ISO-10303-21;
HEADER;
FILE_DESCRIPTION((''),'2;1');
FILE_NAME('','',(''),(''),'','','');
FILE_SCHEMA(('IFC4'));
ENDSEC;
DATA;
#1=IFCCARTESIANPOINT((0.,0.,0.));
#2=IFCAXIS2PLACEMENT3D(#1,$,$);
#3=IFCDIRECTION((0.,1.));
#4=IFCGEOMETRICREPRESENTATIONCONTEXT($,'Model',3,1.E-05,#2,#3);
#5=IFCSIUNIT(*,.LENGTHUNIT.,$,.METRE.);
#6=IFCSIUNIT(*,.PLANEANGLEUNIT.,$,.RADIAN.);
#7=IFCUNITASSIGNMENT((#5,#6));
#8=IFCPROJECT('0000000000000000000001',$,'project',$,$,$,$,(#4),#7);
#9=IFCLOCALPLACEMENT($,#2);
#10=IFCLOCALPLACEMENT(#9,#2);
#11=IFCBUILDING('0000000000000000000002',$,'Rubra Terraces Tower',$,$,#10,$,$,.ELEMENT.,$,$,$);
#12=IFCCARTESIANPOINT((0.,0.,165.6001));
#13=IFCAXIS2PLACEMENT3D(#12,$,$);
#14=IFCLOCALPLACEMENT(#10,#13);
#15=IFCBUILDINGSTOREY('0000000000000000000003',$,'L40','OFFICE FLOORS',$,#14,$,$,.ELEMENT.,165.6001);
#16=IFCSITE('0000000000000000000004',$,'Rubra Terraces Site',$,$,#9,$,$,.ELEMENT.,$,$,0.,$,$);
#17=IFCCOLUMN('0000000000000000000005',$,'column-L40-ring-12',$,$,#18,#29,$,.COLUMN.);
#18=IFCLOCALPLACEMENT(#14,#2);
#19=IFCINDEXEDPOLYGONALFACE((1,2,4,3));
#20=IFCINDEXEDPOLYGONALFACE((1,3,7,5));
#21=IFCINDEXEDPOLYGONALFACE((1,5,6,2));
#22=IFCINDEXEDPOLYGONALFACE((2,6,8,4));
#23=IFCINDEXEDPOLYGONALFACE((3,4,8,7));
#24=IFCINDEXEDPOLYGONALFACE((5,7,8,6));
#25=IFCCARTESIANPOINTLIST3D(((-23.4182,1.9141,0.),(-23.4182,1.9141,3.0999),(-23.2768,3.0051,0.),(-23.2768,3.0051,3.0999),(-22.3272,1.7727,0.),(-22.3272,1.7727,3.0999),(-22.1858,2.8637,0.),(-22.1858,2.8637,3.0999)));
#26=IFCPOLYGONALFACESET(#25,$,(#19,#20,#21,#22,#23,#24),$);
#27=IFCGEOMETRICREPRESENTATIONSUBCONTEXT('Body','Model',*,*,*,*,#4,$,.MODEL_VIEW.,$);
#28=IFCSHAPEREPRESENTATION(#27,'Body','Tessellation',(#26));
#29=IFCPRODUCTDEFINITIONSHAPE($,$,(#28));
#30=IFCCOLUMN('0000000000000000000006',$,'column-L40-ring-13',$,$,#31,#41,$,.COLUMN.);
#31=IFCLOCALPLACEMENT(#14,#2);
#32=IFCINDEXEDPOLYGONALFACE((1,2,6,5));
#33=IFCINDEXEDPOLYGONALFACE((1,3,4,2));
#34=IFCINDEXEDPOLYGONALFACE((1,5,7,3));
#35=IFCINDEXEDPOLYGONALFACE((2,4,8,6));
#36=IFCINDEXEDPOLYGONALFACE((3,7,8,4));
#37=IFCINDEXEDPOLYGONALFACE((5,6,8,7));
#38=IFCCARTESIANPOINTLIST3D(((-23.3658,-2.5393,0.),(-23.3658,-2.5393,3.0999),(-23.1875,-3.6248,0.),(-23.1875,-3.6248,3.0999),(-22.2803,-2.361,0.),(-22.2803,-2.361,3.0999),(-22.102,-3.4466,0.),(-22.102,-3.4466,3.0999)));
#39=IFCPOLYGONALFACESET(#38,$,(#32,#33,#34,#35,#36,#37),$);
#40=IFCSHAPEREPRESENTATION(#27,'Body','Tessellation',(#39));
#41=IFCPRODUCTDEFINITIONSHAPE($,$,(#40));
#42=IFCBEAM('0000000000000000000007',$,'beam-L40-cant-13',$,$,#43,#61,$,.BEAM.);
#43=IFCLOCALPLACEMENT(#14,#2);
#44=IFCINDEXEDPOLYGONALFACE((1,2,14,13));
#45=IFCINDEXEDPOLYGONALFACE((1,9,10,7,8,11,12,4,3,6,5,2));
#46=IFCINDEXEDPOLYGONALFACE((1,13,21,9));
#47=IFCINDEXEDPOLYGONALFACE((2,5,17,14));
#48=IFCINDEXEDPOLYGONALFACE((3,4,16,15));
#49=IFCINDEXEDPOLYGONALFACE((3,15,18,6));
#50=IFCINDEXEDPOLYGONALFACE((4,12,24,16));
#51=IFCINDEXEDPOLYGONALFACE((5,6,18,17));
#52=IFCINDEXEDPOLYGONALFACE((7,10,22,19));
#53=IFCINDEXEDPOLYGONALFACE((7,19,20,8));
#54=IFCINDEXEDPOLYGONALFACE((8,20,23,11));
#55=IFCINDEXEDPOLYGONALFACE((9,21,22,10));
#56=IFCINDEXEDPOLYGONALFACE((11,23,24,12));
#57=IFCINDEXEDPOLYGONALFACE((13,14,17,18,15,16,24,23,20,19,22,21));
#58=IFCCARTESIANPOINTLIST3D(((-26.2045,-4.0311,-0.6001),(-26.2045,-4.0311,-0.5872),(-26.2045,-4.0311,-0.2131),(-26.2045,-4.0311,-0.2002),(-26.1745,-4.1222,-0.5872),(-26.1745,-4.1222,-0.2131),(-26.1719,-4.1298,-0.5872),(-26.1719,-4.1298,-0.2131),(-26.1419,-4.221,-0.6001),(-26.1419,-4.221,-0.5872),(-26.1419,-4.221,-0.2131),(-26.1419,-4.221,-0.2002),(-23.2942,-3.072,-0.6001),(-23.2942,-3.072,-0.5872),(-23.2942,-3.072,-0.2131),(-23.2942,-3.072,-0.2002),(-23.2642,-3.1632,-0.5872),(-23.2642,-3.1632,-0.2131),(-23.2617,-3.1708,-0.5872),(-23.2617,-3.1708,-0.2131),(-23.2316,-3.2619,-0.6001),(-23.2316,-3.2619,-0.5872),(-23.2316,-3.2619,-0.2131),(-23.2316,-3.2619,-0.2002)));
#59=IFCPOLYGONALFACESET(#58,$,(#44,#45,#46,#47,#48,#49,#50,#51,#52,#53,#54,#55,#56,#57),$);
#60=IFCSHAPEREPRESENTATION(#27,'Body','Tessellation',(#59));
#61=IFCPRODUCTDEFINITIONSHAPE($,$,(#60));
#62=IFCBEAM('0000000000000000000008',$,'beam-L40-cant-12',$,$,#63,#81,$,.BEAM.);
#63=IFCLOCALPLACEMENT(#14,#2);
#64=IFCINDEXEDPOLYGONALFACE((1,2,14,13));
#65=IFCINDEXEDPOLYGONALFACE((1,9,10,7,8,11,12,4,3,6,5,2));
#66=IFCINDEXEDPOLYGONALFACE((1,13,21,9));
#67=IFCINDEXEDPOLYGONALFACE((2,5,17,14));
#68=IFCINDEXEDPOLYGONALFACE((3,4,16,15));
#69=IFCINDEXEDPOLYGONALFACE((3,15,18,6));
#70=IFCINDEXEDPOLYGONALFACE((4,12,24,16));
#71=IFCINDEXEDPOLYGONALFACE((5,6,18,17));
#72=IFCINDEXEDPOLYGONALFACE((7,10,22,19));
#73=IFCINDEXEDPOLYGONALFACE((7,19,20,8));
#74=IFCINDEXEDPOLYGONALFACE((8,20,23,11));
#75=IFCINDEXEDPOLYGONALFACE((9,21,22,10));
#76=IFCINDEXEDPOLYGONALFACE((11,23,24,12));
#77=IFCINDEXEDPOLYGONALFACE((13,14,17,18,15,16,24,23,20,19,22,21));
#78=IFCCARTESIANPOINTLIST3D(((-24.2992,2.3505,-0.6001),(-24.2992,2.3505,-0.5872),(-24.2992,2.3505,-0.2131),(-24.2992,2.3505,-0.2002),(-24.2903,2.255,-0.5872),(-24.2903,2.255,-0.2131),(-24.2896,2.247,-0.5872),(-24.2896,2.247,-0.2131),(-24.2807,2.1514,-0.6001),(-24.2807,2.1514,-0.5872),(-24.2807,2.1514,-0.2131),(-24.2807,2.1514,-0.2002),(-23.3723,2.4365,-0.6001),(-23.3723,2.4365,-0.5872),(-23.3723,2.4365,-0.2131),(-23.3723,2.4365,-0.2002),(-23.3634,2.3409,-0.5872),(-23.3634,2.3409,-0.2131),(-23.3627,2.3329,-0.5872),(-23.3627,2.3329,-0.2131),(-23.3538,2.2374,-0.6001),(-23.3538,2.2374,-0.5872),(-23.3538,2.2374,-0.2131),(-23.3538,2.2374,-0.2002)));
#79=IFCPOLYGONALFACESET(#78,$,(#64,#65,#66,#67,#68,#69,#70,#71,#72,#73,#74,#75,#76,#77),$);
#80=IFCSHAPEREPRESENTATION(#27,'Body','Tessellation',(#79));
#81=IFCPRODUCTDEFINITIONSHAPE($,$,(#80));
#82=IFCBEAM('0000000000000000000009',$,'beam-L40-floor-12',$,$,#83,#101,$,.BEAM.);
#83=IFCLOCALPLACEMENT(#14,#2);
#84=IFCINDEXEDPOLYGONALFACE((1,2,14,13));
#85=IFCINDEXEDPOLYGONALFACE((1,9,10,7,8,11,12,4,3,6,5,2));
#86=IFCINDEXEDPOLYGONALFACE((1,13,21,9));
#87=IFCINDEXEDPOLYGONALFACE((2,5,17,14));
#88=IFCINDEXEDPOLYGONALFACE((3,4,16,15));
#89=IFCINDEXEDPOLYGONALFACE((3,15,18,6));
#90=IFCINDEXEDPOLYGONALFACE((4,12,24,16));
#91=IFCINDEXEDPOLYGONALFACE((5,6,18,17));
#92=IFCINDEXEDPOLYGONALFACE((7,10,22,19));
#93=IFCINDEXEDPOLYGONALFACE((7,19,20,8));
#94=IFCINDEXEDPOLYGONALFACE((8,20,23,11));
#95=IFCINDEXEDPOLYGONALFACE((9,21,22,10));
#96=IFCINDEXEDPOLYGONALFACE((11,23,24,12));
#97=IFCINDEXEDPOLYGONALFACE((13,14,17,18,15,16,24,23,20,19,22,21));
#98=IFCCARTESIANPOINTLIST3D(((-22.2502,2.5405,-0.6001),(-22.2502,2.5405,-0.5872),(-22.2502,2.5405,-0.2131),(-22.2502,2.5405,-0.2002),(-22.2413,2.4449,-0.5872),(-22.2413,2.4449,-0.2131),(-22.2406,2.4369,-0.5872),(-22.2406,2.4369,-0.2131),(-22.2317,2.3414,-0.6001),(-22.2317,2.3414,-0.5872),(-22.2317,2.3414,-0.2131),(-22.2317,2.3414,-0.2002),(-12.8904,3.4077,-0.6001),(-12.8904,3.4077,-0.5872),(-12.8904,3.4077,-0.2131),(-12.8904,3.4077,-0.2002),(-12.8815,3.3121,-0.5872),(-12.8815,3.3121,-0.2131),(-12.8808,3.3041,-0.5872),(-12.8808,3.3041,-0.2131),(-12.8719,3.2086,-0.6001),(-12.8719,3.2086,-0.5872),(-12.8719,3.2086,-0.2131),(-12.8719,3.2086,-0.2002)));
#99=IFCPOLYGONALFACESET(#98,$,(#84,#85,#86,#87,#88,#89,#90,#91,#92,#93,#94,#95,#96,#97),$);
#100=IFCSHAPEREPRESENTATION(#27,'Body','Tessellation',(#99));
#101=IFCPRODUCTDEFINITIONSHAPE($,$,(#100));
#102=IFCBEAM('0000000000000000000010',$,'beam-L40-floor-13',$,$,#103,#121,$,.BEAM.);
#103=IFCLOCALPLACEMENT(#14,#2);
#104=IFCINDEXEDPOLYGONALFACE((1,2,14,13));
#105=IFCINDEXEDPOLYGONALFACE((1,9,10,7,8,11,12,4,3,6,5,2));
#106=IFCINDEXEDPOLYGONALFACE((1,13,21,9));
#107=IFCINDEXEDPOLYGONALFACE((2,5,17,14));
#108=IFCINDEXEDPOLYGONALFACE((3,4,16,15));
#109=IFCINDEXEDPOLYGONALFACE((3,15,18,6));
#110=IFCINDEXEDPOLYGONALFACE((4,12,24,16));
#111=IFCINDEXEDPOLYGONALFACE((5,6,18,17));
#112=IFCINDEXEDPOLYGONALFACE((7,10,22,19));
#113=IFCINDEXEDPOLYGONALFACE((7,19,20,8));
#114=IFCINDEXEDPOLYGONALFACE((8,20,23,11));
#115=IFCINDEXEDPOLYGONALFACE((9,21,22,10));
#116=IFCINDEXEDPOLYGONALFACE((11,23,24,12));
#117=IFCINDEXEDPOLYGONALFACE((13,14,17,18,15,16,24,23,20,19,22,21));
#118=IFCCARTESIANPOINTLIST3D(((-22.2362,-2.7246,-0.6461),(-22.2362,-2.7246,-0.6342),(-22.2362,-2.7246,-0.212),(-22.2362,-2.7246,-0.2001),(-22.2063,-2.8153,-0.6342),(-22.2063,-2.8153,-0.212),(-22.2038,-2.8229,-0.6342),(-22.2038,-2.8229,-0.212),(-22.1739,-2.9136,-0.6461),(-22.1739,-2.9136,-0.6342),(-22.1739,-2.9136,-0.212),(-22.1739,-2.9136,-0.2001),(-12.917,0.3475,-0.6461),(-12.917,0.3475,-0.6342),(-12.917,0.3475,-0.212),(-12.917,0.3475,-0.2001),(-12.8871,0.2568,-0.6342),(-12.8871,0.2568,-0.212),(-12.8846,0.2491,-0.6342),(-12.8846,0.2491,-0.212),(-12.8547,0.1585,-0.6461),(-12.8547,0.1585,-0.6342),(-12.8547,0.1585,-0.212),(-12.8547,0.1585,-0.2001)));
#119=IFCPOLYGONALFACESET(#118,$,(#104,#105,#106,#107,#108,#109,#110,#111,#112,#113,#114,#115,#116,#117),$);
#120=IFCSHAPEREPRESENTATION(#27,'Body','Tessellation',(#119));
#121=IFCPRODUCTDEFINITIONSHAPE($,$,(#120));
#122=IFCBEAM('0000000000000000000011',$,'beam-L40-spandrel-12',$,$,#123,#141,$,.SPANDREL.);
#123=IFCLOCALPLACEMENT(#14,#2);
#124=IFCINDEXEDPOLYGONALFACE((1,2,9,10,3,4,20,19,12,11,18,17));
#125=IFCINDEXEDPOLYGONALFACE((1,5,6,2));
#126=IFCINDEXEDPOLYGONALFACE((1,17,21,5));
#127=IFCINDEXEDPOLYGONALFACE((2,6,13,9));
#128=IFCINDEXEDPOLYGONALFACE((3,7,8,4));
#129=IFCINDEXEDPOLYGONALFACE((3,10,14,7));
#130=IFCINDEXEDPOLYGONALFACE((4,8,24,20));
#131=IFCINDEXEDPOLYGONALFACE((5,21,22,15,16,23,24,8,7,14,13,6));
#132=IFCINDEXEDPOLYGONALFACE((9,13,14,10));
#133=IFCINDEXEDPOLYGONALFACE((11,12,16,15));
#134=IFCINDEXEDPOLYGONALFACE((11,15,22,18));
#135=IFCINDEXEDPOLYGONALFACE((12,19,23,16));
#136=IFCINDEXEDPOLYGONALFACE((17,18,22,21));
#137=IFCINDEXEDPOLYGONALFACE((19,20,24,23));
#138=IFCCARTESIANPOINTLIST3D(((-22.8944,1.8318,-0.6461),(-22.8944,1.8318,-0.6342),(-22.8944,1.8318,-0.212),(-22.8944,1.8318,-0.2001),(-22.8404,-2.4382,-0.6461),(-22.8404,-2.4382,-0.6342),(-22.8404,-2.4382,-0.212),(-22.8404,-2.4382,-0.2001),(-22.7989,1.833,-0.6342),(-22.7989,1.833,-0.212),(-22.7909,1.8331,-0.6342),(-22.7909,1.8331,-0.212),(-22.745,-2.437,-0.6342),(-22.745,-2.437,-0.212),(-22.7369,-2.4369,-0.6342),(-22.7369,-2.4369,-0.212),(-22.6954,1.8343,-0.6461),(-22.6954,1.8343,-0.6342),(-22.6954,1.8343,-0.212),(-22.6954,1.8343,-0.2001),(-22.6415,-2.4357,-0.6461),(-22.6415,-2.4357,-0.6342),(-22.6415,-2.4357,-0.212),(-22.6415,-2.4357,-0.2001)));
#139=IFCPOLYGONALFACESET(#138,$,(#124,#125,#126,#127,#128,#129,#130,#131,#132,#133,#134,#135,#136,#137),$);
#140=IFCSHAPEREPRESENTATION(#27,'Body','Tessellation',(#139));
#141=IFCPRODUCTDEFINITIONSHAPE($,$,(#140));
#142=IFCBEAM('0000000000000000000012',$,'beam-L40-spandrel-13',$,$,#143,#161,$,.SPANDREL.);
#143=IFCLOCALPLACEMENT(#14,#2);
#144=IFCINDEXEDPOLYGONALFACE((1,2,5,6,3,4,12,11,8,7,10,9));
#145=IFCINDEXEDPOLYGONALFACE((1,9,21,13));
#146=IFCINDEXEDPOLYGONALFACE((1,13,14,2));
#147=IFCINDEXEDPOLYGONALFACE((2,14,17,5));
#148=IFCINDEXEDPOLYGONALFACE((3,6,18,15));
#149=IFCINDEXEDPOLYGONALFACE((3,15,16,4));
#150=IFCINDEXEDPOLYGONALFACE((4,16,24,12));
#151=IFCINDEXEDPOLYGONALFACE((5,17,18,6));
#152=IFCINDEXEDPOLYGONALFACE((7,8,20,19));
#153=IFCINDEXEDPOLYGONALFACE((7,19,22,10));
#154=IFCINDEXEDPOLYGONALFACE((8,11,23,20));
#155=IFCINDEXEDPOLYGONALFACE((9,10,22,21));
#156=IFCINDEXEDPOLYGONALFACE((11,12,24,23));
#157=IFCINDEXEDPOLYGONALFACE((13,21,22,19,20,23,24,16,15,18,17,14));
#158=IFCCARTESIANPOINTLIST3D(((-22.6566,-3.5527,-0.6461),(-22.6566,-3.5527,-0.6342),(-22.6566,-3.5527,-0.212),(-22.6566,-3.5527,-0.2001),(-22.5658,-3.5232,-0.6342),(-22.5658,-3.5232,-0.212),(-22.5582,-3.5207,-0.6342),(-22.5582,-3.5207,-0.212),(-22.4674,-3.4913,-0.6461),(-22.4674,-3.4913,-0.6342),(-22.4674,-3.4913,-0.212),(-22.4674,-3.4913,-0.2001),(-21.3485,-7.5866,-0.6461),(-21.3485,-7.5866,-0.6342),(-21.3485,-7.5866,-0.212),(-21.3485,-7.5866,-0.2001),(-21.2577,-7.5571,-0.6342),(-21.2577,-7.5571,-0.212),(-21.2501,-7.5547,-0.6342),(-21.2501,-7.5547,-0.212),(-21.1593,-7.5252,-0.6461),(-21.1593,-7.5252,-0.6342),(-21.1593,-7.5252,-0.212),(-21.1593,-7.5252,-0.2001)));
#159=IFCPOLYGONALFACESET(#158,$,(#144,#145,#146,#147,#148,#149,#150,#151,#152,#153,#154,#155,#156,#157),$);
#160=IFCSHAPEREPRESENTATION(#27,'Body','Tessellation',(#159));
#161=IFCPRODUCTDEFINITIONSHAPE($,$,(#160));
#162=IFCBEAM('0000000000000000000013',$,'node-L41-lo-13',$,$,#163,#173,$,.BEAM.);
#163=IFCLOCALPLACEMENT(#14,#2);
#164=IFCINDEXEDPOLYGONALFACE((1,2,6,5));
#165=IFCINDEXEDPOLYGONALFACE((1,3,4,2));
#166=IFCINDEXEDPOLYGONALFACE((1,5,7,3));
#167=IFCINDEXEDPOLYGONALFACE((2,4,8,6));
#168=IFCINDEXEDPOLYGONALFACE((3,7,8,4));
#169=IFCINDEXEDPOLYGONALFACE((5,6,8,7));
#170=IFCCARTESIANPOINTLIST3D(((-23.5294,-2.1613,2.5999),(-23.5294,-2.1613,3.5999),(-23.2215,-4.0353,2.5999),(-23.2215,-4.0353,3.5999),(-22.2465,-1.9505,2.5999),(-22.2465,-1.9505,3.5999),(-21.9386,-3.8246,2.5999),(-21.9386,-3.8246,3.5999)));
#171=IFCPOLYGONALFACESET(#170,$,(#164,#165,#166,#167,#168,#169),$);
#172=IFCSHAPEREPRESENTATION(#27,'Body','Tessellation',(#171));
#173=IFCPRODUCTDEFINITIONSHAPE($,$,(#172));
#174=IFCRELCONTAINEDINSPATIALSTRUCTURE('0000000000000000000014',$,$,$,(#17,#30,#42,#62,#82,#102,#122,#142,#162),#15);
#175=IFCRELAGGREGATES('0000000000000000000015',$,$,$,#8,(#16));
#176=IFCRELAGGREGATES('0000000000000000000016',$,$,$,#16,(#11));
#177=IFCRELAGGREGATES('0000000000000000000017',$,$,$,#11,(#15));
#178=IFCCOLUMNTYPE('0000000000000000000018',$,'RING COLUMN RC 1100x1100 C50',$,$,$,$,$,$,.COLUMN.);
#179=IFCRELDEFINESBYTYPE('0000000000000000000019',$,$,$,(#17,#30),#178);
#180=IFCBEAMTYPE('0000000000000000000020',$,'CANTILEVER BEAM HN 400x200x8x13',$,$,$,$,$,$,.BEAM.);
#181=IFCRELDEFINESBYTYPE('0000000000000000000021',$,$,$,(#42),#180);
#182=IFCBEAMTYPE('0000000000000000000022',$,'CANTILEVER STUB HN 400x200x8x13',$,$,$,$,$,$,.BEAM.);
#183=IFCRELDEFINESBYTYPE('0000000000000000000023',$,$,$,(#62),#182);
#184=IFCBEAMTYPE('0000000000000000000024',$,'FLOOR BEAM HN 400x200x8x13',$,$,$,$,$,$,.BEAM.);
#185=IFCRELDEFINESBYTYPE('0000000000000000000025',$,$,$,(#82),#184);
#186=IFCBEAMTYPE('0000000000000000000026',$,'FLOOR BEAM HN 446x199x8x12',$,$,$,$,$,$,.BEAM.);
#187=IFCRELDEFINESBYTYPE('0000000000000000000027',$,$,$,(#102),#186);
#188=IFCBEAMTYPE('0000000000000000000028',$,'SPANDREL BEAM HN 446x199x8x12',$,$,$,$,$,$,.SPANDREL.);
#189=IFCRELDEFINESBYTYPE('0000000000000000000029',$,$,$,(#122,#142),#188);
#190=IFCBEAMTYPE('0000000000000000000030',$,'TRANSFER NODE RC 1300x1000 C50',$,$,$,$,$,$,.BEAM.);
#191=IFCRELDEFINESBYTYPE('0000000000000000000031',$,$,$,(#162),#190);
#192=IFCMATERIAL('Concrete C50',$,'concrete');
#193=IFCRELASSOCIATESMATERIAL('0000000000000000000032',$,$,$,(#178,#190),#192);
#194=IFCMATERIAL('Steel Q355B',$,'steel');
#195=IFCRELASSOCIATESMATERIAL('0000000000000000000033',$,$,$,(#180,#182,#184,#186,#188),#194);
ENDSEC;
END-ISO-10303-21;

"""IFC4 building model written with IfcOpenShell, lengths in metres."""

from ifc_helpers import new_model, si_unit, direction, frame, origin, origin_2d, place, context, subcontext, project, spatial, rectangle, i_section, extrude, material, material_profile, profile_set, type_object, element, save


model = new_model("IFC4")

# Units and contexts
model_context = context("Model", 3, precision=1e-05, world=origin(), true_north=direction((0.0, 1.0)))
body_context = subcontext(model_context, "Body", "Model", "MODEL_VIEW")
ifc_project = project(units=[si_unit("LENGTHUNIT", "METRE"), si_unit("PLANEANGLEUNIT", "RADIAN")], contexts=[model_context])

# Site, building, storey
site_placement = place(None, origin())
site = spatial("IfcSite", under=ifc_project, at=site_placement, Name="Rubra Terraces Site", CompositionType="ELEMENT", RefElevation=0.0)
building_placement = place(site_placement, origin())
building = spatial("IfcBuilding", under=site, at=building_placement, Name="Rubra Terraces Tower", CompositionType="ELEMENT")
storey_placement = place(building_placement, frame((0.0, 0.0, 165.6001)))
storey = spatial("IfcBuildingStorey", under=building, at=storey_placement, Name="L40", Description="OFFICE FLOORS", CompositionType="ELEMENT", Elevation=165.6001)

# Columns
ifc_material_1 = material(Name="Concrete C50", Category="concrete")
ifc_material_profile_1 = material_profile(ifc_material_1, rectangle(XDim=1.1001, YDim=1.1001, at=origin_2d()), Name="RC 1100x1100")
ifc_profile_set_1 = profile_set([ifc_material_profile_1], Name="Concrete C50")
column_type = type_object("IfcColumnType", Name="RING COLUMN RC 1100x1100 C50", PredefinedType="COLUMN", material=ifc_profile_set_1)
for number, where, z_axis, x_axis, name in (
    (1, (-22.802, 2.3889, 0.0), (0.0, 0.0, 1.0), (-0.128535, -0.991705, 0.0), "column-L40-ring-12"),
    (2, (-22.7339, -2.9929, 0.0), (0.0, 0.0, 1.0), (0.162062, -0.986781, 0.0), "column-L40-ring-13"),
):
    element("IfcColumn", number, at=place(storey_placement, frame(where, z_axis=z_axis, x_axis=x_axis)), inside=storey, type_object=column_type, Name=name, PredefinedType="COLUMN", context=body_context, shape_type="SweptSolid", body=[
        extrude(rectangle(XDim=1.1001, YDim=1.1001, at=origin_2d()), origin(), (0.0, 0.0, 1.0), 3.0999),
    ])

# Beams
ifc_material_2 = material(Name="Steel Q355B", Category="steel")
ifc_material_profile_2 = material_profile(ifc_material_2, i_section(OverallWidth=0.2, OverallDepth=0.3999, WebThickness=0.0081, FlangeThickness=0.0129, at=origin_2d()), Name="HN 400x200x8x13")
ifc_profile_set_2 = profile_set([ifc_material_profile_2], Name="Steel Q355B")
beam_type_1 = type_object("IfcBeamType", Name="CANTILEVER BEAM HN 400x200x8x13", PredefinedType="BEAM", material=ifc_profile_set_2)
beam_1_placement = place(storey_placement, frame((-23.2629, -3.167, -0.4001), z_axis=(-0.949761, -0.312975, 0.0), x_axis=(0.312975, -0.949761, 0.0)))
element("IfcBeam", 3, at=beam_1_placement, inside=storey, type_object=beam_type_1, Name="beam-L40-cant-13", PredefinedType="BEAM", context=body_context, shape_type="SweptSolid", body=[
    extrude(i_section(OverallWidth=0.2, OverallDepth=0.3999, WebThickness=0.0081, FlangeThickness=0.0129, at=origin_2d()), origin(), (0.0, 0.0, 1.0), 3.0642),
])
ifc_material_profile_3 = material_profile(ifc_material_2, i_section(OverallWidth=0.2, OverallDepth=0.3999, WebThickness=0.0081, FlangeThickness=0.0129, at=origin_2d()), Name="HN 400x200x8x13")
ifc_profile_set_3 = profile_set([ifc_material_profile_3], Name="Steel Q355B")
beam_type_2 = type_object("IfcBeamType", Name="CANTILEVER STUB HN 400x200x8x13", PredefinedType="BEAM", material=ifc_profile_set_3)
beam_2_placement = place(storey_placement, frame((-23.363, 2.3369, -0.4001), z_axis=(-0.99573, -0.092309, 0.0), x_axis=(0.092309, -0.99573, 0.0)))
element("IfcBeam", 4, at=beam_2_placement, inside=storey, type_object=beam_type_2, Name="beam-L40-cant-12", PredefinedType="BEAM", context=body_context, shape_type="SweptSolid", body=[
    extrude(i_section(OverallWidth=0.2, OverallDepth=0.3999, WebThickness=0.0081, FlangeThickness=0.0129, at=origin_2d()), origin(), (0.0, 0.0, 1.0), 0.9309),
])
ifc_material_profile_4 = material_profile(ifc_material_2, i_section(OverallWidth=0.2, OverallDepth=0.3999, WebThickness=0.0081, FlangeThickness=0.0129, at=origin_2d()), Name="HN 400x200x8x13")
ifc_profile_set_4 = profile_set([ifc_material_profile_4], Name="Steel Q355B")
beam_type_3 = type_object("IfcBeamType", Name="FLOOR BEAM HN 400x200x8x13", PredefinedType="BEAM", material=ifc_profile_set_4)
beam_3_placement = place(storey_placement, frame((-22.241, 2.4409, -0.4001), z_axis=(0.995735, 0.092254, 0.0), x_axis=(-0.092254, 0.995735, 0.0)))
element("IfcBeam", 5, at=beam_3_placement, inside=storey, type_object=beam_type_3, Name="beam-L40-floor-12", PredefinedType="BEAM", context=body_context, shape_type="SweptSolid", body=[
    extrude(i_section(OverallWidth=0.2, OverallDepth=0.3999, WebThickness=0.0081, FlangeThickness=0.0129, at=origin_2d()), origin(), (0.0, 0.0, 1.0), 9.3999),
])
ifc_material_profile_5 = material_profile(ifc_material_2, i_section(OverallWidth=0.199, OverallDepth=0.446, WebThickness=0.0081, FlangeThickness=0.012, at=origin_2d()), Name="HN 446x199x8x12")
ifc_profile_set_5 = profile_set([ifc_material_profile_5], Name="Steel Q355B")
beam_type_4 = type_object("IfcBeamType", Name="FLOOR BEAM HN 446x199x8x12", PredefinedType="BEAM", material=ifc_profile_set_5)
beam_4_placement = place(storey_placement, frame((-22.2051, -2.8191, -0.4231), z_axis=(0.949728, 0.313076, 0.0), x_axis=(-0.313076, 0.949728, 0.0)))
element("IfcBeam", 6, at=beam_4_placement, inside=storey, type_object=beam_type_4, Name="beam-L40-floor-13", PredefinedType="BEAM", context=body_context, shape_type="SweptSolid", body=[
    extrude(i_section(OverallWidth=0.199, OverallDepth=0.446, WebThickness=0.0081, FlangeThickness=0.012, at=origin_2d()), origin(), (0.0, 0.0, 1.0), 9.8125),
])
ifc_material_profile_6 = material_profile(ifc_material_2, i_section(OverallWidth=0.199, OverallDepth=0.446, WebThickness=0.0081, FlangeThickness=0.012, at=origin_2d()), Name="HN 446x199x8x12")
ifc_profile_set_6 = profile_set([ifc_material_profile_6], Name="Steel Q355B")
beam_type_5 = type_object("IfcBeamType", Name="SPANDREL BEAM HN 446x199x8x12", PredefinedType="SPANDREL", material=ifc_profile_set_6)
beam_5_placement = place(storey_placement, frame((-22.7949, 1.833, -0.4231), z_axis=(0.012635, -0.99992, 0.0), x_axis=(0.99992, 0.012635, 0.0)))
element("IfcBeam", 7, at=beam_5_placement, inside=storey, type_object=beam_type_5, Name="beam-L40-spandrel-12", PredefinedType="SPANDREL", context=body_context, shape_type="SweptSolid", body=[
    extrude(i_section(OverallWidth=0.199, OverallDepth=0.446, WebThickness=0.0081, FlangeThickness=0.012, at=origin_2d()), origin(), (0.0, 0.0, 1.0), 4.2703),
])
beam_6_placement = place(storey_placement, frame((-22.562, -3.522, -0.4231), z_axis=(0.308462, -0.951237, 0.0), x_axis=(0.951237, 0.308462, 0.0)))
element("IfcBeam", 8, at=beam_6_placement, inside=storey, type_object=beam_type_5, Name="beam-L40-spandrel-13", PredefinedType="SPANDREL", context=body_context, shape_type="SweptSolid", body=[
    extrude(i_section(OverallWidth=0.199, OverallDepth=0.446, WebThickness=0.0081, FlangeThickness=0.012, at=origin_2d()), origin(), (0.0, 0.0, 1.0), 4.2407),
])
ifc_material_profile_7 = material_profile(ifc_material_1, rectangle(XDim=1.3, YDim=1.0, at=origin_2d()), Name="RC 1300x1000")
ifc_profile_set_7 = profile_set([ifc_material_profile_7], Name="Concrete C50")
beam_type_6 = type_object("IfcBeamType", Name="TRANSFER NODE RC 1300x1000 C50", PredefinedType="BEAM", material=ifc_profile_set_7)
beam_7_placement = place(storey_placement, frame((-22.8879, -2.0559, 3.0999), z_axis=(0.162105, -0.986773, 0.0), x_axis=(0.986773, 0.162105, 0.0)))
element("IfcBeam", 9, at=beam_7_placement, inside=storey, type_object=beam_type_6, Name="node-L41-lo-13", PredefinedType="BEAM", context=body_context, shape_type="SweptSolid", body=[
    extrude(rectangle(XDim=1.3, YDim=1.0, at=origin_2d()), origin(), (0.0, 0.0, 1.0), 1.8992),
])

save(model, "model.ifc")
